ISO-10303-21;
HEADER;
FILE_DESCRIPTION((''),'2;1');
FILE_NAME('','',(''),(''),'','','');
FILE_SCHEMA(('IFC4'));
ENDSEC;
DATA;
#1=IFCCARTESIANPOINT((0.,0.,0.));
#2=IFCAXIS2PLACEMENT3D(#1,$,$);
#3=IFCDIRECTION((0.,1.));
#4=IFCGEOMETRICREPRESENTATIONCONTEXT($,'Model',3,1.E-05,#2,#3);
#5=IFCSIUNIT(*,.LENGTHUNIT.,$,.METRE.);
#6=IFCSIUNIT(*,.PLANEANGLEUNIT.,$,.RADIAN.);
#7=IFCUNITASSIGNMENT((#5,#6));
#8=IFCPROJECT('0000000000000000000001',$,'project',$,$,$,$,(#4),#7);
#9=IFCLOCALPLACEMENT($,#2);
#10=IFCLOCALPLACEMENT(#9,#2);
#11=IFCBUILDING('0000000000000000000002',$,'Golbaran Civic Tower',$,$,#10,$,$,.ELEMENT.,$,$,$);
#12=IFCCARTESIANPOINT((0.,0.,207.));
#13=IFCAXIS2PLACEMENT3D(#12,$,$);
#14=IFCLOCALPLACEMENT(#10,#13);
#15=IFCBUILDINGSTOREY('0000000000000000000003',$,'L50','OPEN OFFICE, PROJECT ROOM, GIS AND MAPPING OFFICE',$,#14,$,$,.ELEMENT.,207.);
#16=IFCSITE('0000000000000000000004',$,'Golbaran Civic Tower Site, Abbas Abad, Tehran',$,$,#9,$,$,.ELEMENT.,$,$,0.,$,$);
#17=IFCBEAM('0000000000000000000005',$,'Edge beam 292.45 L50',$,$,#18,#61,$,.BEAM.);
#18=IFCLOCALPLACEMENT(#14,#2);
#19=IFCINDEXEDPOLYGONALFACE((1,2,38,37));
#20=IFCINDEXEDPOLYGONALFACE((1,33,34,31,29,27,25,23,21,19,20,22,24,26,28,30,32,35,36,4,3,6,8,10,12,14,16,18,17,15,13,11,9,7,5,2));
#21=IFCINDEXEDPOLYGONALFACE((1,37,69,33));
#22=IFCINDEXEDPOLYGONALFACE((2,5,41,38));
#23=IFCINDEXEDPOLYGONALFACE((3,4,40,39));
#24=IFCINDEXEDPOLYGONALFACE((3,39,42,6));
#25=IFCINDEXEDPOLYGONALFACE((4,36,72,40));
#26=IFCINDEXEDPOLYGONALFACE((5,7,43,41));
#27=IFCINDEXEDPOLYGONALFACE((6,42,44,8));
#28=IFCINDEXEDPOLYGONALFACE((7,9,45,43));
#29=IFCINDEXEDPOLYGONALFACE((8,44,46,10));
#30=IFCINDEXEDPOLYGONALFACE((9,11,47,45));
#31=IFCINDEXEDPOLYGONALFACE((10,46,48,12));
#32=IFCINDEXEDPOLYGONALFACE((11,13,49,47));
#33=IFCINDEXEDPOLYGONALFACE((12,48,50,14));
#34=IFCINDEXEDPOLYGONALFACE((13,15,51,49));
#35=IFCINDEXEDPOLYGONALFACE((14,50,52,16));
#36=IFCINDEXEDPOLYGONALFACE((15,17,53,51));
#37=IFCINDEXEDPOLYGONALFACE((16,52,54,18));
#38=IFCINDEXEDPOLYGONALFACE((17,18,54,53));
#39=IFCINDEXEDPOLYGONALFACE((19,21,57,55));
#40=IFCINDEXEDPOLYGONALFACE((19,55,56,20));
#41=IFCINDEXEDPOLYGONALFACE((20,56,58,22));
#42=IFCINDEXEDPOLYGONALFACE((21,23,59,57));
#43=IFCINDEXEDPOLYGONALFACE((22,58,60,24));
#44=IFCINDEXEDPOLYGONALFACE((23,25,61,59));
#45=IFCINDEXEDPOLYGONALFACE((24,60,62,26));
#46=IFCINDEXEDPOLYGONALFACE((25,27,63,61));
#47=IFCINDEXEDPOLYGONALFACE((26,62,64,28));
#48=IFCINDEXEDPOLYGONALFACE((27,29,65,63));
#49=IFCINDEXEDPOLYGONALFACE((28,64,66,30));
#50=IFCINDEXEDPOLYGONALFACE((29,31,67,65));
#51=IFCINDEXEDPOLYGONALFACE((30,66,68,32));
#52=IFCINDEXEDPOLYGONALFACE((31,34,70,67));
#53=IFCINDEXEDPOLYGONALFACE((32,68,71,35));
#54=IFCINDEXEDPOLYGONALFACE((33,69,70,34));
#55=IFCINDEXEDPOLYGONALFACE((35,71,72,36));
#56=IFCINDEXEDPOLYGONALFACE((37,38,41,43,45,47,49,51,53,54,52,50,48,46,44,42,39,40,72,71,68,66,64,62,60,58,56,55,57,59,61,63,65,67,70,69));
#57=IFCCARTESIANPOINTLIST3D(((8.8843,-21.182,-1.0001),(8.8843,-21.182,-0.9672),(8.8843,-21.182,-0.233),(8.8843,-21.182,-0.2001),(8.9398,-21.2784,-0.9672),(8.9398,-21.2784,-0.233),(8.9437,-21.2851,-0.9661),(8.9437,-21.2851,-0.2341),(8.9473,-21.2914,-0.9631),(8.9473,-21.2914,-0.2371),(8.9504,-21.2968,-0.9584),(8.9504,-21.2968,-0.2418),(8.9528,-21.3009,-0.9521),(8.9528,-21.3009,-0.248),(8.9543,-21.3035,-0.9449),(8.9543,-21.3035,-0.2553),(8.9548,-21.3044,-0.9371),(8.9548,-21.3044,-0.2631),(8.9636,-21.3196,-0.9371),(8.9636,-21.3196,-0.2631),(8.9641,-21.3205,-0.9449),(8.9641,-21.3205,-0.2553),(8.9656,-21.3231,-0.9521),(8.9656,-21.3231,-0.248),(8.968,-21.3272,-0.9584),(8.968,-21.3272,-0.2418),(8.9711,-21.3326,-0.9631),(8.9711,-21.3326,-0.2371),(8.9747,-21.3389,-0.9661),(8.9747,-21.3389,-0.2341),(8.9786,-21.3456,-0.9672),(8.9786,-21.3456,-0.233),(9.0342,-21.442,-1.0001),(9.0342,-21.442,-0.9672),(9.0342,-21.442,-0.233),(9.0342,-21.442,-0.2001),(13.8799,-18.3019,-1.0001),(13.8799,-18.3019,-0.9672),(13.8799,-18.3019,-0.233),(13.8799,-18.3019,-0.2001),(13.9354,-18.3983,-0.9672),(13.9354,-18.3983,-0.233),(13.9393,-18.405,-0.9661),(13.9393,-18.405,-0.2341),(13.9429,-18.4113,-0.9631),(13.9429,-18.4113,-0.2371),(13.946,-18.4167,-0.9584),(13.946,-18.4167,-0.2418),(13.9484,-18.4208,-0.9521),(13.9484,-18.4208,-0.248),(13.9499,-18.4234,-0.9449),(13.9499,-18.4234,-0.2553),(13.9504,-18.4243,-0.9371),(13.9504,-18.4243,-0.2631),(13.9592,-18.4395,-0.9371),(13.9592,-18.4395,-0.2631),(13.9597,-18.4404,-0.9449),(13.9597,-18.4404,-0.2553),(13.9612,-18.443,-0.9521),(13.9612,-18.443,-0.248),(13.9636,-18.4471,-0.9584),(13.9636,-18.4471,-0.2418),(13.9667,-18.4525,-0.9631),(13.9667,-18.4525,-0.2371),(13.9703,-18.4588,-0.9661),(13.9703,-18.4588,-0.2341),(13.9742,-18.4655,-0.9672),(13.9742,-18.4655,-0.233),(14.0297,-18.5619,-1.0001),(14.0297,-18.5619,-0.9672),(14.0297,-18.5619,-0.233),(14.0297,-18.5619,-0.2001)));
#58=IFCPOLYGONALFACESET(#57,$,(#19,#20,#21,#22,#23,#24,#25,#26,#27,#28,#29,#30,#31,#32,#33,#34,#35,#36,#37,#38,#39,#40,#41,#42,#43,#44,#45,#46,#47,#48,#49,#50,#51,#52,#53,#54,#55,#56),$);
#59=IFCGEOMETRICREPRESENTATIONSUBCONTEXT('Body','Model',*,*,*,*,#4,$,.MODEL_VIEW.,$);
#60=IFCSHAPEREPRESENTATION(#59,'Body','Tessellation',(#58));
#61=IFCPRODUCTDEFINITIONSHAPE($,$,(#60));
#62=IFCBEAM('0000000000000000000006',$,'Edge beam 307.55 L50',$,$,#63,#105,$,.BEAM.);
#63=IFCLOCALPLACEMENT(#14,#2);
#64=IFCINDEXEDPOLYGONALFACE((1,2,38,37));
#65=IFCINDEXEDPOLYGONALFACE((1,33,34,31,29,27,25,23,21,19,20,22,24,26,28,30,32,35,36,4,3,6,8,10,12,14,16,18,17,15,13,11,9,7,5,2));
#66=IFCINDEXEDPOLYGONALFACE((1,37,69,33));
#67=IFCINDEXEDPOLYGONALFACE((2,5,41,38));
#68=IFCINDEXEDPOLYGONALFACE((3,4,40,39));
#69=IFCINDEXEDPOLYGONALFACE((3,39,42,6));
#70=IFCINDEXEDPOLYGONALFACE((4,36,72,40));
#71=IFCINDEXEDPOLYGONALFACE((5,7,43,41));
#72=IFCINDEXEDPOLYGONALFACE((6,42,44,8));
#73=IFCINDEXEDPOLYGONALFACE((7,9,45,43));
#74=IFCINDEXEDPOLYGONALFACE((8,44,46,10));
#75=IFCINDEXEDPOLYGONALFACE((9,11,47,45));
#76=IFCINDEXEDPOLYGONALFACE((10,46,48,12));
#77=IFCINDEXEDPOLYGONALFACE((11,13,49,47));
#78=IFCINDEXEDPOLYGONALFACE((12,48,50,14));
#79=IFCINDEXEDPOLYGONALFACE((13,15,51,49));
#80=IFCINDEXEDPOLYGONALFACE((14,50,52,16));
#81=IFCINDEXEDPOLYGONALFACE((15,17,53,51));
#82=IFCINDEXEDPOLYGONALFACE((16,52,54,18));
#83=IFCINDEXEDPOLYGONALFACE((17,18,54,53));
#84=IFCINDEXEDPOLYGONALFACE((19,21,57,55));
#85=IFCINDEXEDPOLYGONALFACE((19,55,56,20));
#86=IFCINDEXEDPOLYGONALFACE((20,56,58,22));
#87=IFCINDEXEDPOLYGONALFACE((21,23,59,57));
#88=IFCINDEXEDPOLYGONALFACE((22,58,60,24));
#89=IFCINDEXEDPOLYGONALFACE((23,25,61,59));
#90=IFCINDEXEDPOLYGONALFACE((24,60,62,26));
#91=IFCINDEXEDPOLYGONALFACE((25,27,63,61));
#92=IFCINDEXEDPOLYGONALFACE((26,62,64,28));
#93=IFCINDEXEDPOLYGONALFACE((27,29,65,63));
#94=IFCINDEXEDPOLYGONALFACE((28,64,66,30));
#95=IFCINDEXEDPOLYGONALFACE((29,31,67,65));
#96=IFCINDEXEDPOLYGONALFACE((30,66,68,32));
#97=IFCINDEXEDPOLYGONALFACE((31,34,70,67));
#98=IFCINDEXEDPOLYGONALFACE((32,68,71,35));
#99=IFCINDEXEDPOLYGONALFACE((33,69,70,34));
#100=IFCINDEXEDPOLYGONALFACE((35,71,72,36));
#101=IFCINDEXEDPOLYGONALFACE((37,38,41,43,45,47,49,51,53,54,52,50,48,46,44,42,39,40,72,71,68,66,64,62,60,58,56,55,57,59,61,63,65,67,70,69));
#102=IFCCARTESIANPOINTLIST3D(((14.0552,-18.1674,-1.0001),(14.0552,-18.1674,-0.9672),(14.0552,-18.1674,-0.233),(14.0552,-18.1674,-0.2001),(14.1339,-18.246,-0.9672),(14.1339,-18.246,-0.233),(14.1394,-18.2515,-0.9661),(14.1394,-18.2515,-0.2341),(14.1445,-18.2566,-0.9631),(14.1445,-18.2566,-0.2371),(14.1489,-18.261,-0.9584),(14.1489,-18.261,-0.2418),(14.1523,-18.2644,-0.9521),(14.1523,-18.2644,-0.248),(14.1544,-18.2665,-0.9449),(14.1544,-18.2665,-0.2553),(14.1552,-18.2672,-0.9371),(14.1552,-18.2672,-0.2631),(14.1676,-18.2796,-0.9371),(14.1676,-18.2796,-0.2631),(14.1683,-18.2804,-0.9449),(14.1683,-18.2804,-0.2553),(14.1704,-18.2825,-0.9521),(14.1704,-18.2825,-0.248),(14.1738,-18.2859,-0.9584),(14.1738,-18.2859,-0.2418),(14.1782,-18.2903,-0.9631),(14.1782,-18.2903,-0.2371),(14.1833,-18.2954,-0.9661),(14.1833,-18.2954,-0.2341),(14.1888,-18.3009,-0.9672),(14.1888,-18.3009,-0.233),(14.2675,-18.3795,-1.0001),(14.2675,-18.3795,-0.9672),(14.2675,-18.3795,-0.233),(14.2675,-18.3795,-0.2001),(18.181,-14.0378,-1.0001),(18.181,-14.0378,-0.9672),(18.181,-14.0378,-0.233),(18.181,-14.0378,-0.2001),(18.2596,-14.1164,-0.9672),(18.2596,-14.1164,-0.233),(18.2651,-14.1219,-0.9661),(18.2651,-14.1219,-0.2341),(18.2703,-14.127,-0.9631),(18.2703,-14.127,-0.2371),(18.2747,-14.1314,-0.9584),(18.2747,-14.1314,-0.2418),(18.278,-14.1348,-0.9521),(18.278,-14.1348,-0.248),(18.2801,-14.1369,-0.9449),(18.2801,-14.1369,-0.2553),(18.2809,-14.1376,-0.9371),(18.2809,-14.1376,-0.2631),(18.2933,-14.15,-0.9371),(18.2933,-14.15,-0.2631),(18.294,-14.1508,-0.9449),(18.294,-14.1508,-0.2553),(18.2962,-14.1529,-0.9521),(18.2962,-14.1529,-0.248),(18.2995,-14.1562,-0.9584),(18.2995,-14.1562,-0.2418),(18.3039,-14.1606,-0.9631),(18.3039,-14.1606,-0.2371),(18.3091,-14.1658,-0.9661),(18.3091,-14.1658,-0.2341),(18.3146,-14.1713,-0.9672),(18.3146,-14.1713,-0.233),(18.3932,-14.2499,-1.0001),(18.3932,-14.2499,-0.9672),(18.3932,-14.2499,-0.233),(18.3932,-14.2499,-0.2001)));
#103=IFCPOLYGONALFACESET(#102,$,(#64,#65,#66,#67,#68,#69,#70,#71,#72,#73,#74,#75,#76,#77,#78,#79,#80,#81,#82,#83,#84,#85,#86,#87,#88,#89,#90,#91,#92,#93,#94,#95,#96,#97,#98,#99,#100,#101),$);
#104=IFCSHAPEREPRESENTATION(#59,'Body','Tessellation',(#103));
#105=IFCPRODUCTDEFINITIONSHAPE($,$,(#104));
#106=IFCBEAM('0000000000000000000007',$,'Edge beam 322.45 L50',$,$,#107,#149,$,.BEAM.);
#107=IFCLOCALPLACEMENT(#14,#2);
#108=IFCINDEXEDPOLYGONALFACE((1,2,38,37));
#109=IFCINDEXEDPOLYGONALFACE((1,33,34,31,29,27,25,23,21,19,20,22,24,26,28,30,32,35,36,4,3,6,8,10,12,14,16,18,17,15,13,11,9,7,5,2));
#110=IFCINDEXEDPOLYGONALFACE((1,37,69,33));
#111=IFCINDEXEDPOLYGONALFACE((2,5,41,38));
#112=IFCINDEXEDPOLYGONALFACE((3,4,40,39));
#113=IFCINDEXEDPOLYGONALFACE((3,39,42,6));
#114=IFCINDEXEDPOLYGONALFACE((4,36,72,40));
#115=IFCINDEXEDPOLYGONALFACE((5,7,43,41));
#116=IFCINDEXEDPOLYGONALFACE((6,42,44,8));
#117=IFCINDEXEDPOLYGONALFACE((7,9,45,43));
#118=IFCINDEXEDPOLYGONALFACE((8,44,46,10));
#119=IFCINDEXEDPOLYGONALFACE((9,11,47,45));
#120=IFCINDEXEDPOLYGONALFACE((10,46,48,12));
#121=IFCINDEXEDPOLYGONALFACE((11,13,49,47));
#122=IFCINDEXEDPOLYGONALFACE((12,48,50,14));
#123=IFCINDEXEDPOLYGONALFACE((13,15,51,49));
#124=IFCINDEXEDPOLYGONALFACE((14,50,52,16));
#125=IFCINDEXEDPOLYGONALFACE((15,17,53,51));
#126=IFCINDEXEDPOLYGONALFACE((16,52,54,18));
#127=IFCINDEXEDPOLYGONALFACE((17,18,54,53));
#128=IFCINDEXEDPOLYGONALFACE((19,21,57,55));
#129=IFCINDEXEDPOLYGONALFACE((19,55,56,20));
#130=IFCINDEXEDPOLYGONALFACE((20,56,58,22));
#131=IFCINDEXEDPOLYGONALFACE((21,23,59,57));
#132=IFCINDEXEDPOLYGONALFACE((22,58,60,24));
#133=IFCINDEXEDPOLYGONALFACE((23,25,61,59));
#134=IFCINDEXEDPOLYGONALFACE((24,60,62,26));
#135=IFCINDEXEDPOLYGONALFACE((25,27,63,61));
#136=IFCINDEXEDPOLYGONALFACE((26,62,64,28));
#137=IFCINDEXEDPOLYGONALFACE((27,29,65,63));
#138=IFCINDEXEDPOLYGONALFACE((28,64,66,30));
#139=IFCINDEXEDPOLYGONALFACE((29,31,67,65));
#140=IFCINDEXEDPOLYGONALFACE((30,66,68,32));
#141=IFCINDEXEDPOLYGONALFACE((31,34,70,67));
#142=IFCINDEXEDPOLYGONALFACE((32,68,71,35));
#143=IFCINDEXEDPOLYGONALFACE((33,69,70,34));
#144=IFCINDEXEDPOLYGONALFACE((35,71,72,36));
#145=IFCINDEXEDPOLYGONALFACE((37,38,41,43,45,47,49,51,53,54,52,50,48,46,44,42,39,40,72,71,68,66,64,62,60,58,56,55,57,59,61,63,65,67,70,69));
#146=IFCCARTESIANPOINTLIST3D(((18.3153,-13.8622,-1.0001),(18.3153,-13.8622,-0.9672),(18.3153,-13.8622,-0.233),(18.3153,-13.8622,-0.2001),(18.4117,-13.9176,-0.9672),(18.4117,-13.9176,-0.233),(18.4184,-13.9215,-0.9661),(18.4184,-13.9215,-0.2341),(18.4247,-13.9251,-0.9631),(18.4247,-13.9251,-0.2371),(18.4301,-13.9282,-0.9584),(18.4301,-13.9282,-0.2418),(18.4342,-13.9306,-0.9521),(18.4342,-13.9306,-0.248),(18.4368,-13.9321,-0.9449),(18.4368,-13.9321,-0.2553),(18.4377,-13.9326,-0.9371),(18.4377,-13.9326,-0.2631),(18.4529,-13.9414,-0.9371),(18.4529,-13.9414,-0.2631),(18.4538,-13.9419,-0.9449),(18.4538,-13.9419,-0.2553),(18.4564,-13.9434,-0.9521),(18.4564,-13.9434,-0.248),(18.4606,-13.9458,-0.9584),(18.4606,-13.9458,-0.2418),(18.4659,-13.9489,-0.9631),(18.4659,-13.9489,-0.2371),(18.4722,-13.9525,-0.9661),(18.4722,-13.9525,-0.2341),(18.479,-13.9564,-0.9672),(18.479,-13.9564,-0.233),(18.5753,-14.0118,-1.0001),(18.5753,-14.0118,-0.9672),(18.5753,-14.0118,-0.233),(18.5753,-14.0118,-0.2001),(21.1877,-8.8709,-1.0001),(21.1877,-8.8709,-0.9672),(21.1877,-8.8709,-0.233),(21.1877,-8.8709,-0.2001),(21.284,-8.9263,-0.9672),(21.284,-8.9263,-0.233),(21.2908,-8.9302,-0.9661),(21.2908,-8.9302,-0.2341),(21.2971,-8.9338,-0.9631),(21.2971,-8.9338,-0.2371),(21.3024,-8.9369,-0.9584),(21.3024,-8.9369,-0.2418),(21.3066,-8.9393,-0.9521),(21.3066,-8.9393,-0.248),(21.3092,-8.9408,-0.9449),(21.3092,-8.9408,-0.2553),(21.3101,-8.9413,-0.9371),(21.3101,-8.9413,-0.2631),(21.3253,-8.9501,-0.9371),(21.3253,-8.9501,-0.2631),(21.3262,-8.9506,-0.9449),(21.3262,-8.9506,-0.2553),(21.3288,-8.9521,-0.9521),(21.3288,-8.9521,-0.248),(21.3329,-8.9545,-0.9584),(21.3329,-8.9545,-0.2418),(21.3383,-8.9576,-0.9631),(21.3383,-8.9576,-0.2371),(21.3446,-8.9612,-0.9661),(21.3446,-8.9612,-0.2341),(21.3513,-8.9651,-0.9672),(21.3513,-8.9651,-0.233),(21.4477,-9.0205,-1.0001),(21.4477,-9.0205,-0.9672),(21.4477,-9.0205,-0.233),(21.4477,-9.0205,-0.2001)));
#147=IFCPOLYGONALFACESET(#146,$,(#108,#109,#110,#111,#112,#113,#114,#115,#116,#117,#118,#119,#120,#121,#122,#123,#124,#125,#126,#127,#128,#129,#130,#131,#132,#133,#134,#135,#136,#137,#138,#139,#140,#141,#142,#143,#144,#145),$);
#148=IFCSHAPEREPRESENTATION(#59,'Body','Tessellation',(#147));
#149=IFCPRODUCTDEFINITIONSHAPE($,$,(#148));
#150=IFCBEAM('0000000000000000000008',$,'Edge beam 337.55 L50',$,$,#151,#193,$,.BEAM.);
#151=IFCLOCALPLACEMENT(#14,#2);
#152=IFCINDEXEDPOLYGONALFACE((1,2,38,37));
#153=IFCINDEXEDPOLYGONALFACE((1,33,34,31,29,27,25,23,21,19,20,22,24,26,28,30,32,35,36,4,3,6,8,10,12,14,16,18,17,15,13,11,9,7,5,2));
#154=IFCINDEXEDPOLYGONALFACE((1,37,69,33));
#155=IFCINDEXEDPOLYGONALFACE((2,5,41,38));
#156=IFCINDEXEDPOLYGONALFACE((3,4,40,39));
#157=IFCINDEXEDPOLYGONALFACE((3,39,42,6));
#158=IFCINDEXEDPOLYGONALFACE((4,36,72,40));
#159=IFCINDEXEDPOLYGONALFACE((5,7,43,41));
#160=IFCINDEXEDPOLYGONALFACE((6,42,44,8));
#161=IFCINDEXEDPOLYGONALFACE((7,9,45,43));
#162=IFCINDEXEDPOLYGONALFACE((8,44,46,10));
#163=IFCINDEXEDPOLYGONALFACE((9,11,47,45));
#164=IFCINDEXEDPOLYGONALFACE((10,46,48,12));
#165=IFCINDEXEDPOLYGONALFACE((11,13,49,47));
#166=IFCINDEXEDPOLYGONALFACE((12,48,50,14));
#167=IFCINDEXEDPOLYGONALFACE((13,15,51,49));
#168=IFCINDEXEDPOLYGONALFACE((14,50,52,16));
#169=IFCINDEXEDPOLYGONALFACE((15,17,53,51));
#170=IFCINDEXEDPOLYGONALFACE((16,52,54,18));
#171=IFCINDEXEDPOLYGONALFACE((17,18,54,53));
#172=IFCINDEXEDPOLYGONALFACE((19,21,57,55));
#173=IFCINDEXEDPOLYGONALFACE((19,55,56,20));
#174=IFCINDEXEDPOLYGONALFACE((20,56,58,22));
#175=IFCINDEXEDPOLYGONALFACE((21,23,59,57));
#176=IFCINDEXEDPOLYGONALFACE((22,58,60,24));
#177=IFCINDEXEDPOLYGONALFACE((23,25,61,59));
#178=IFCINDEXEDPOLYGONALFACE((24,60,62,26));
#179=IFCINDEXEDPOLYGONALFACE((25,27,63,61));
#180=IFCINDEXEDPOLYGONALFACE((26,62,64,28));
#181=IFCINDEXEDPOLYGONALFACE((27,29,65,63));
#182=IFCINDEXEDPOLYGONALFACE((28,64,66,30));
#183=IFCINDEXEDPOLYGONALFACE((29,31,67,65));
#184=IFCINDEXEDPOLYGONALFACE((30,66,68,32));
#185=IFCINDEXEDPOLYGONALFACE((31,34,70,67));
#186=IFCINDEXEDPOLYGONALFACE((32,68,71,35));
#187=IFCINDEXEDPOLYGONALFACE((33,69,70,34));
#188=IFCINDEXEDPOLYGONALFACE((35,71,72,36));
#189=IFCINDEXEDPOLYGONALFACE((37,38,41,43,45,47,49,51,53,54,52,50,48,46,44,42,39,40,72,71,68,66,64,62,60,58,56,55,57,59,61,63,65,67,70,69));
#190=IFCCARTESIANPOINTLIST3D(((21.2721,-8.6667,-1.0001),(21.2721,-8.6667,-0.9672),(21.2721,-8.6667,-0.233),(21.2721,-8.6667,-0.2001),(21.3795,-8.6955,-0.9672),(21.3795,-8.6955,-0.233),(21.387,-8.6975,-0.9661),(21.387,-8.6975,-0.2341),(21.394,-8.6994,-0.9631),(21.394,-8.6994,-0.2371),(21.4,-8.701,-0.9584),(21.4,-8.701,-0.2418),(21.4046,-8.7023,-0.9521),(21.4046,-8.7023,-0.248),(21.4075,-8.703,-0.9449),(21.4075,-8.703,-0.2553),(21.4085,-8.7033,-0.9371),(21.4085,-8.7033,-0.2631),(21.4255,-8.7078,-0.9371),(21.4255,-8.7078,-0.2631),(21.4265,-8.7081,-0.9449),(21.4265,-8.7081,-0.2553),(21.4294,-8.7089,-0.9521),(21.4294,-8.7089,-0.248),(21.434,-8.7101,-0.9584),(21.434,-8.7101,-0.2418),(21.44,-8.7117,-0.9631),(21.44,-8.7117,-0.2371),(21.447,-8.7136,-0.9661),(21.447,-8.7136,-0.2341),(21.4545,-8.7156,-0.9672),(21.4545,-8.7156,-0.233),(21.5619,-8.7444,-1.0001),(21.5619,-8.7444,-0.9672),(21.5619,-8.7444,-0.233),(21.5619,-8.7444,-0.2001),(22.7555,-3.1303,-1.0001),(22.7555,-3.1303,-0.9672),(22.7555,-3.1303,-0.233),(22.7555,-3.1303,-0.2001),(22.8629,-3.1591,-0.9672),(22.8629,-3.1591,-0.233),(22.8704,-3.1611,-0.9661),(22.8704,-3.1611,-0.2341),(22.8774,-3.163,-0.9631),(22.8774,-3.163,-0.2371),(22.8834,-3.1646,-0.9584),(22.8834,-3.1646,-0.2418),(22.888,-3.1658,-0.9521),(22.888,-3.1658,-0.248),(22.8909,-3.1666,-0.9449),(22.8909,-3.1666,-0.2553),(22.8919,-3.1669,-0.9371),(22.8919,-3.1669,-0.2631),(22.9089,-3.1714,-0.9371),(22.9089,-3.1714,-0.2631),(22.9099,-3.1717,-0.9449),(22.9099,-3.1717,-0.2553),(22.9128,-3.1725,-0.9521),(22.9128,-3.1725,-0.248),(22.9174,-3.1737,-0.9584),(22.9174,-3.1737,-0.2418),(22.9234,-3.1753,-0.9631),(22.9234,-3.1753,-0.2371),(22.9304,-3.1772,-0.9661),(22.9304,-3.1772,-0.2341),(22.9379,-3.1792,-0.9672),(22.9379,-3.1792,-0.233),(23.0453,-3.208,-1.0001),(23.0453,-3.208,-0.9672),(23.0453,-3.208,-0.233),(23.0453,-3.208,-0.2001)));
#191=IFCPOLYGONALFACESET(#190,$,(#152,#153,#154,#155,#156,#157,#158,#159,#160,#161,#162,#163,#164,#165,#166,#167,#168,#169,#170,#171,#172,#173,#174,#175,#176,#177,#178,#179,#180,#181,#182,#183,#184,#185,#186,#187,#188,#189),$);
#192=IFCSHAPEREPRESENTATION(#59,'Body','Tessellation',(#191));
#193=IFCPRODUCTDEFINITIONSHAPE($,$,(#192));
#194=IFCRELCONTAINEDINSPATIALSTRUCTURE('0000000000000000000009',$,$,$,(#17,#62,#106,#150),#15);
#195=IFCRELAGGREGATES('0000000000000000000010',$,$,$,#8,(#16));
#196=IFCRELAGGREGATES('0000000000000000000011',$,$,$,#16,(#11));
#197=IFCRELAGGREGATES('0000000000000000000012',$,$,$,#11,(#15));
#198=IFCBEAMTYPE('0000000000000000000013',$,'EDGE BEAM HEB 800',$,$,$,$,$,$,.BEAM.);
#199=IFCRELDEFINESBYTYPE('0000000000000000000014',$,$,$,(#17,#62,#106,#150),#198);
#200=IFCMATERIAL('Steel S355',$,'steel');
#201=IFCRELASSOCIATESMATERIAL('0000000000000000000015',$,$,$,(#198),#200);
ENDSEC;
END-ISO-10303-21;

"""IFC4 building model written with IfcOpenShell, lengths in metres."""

from ifc_helpers import new_model, si_unit, direction, frame, origin, origin_2d, place, context, subcontext, project, spatial, i_section, extrude, material, material_profile, profile_set, type_object, element, save


model = new_model("IFC4")

# Units and contexts
model_context = context("Model", 3, precision=1e-05, world=origin(), true_north=direction((0.0, 1.0)))
body_context = subcontext(model_context, "Body", "Model", "MODEL_VIEW")
ifc_project = project(units=[si_unit("LENGTHUNIT", "METRE"), si_unit("PLANEANGLEUNIT", "RADIAN")], contexts=[model_context])

# Site, building, storey
site_placement = place(None, origin())
site = spatial("IfcSite", under=ifc_project, at=site_placement, Name="Golbaran Civic Tower Site, Abbas Abad, Tehran", CompositionType="ELEMENT", RefElevation=0.0)
building_placement = place(site_placement, origin())
building = spatial("IfcBuilding", under=site, at=building_placement, Name="Golbaran Civic Tower", CompositionType="ELEMENT")
storey_placement = place(building_placement, frame((0.0, 0.0, 207.0)))
storey = spatial("IfcBuildingStorey", under=building, at=storey_placement, Name="L50", Description="OPEN OFFICE, PROJECT ROOM, GIS AND MAPPING OFFICE", CompositionType="ELEMENT", Elevation=207.0)

# Beams
ifc_material_1 = material(Name="Steel S355", Category="steel")
ifc_material_profile_1 = material_profile(ifc_material_1, i_section(OverallWidth=0.3, OverallDepth=0.8, WebThickness=0.0176, FlangeThickness=0.033, FilletRadius=0.03, at=origin_2d()), Name="HEB 800")
ifc_profile_set_1 = profile_set([ifc_material_profile_1], Name="Steel S355")
beam_type_1 = type_object("IfcBeamType", Name="EDGE BEAM HEB 800", PredefinedType="BEAM", material=ifc_profile_set_1)
beam_1_placement = place(storey_placement, frame((8.9592, -21.312, -0.6001), z_axis=(0.866332, 0.499468, 0.0), x_axis=(-0.499468, 0.866332, 0.0)))
element("IfcBeam", 1, at=beam_1_placement, inside=storey, type_object=beam_type_1, Name="Edge beam 292.45 L50", PredefinedType="BEAM", context=body_context, shape_type="SweptSolid", body=[
    extrude(i_section(OverallWidth=0.3, OverallDepth=0.8, WebThickness=0.0176, FlangeThickness=0.033, FilletRadius=0.03, at=origin_2d()), origin(), (0.0, 0.0, 1.0), 5.7664),
])
beam_2_placement = place(storey_placement, frame((14.1614, -18.2734, -0.6001), z_axis=(0.706772, 0.707441, 0.0), x_axis=(-0.707441, 0.706772, 0.0)))
element("IfcBeam", 2, at=beam_2_placement, inside=storey, type_object=beam_type_1, Name="Edge beam 307.55 L50", PredefinedType="BEAM", context=body_context, shape_type="SweptSolid", body=[
    extrude(i_section(OverallWidth=0.3, OverallDepth=0.8, WebThickness=0.0176, FlangeThickness=0.033, FilletRadius=0.03, at=origin_2d()), origin(), (0.0, 0.0, 1.0), 5.8374),
])
beam_3_placement = place(storey_placement, frame((18.4453, -13.937, -0.6001), z_axis=(0.49878, 0.866729, 0.0), x_axis=(-0.866729, 0.49878, 0.0)))
element("IfcBeam", 3, at=beam_3_placement, inside=storey, type_object=beam_type_1, Name="Edge beam 322.45 L50", PredefinedType="BEAM", context=body_context, shape_type="SweptSolid", body=[
    extrude(i_section(OverallWidth=0.3, OverallDepth=0.8, WebThickness=0.0176, FlangeThickness=0.033, FilletRadius=0.03, at=origin_2d()), origin(), (0.0, 0.0, 1.0), 5.7588),
])
beam_4_placement = place(storey_placement, frame((21.417, -8.7056, -0.6001), z_axis=(0.258808, 0.965929, 0.0), x_axis=(-0.965929, 0.258808, 0.0)))
element("IfcBeam", 4, at=beam_4_placement, inside=storey, type_object=beam_type_1, Name="Edge beam 337.55 L50", PredefinedType="BEAM", context=body_context, shape_type="SweptSolid", body=[
    extrude(i_section(OverallWidth=0.3, OverallDepth=0.8, WebThickness=0.0176, FlangeThickness=0.033, FilletRadius=0.03, at=origin_2d()), origin(), (0.0, 0.0, 1.0), 5.7317),
])

save(model, "model.ifc")
